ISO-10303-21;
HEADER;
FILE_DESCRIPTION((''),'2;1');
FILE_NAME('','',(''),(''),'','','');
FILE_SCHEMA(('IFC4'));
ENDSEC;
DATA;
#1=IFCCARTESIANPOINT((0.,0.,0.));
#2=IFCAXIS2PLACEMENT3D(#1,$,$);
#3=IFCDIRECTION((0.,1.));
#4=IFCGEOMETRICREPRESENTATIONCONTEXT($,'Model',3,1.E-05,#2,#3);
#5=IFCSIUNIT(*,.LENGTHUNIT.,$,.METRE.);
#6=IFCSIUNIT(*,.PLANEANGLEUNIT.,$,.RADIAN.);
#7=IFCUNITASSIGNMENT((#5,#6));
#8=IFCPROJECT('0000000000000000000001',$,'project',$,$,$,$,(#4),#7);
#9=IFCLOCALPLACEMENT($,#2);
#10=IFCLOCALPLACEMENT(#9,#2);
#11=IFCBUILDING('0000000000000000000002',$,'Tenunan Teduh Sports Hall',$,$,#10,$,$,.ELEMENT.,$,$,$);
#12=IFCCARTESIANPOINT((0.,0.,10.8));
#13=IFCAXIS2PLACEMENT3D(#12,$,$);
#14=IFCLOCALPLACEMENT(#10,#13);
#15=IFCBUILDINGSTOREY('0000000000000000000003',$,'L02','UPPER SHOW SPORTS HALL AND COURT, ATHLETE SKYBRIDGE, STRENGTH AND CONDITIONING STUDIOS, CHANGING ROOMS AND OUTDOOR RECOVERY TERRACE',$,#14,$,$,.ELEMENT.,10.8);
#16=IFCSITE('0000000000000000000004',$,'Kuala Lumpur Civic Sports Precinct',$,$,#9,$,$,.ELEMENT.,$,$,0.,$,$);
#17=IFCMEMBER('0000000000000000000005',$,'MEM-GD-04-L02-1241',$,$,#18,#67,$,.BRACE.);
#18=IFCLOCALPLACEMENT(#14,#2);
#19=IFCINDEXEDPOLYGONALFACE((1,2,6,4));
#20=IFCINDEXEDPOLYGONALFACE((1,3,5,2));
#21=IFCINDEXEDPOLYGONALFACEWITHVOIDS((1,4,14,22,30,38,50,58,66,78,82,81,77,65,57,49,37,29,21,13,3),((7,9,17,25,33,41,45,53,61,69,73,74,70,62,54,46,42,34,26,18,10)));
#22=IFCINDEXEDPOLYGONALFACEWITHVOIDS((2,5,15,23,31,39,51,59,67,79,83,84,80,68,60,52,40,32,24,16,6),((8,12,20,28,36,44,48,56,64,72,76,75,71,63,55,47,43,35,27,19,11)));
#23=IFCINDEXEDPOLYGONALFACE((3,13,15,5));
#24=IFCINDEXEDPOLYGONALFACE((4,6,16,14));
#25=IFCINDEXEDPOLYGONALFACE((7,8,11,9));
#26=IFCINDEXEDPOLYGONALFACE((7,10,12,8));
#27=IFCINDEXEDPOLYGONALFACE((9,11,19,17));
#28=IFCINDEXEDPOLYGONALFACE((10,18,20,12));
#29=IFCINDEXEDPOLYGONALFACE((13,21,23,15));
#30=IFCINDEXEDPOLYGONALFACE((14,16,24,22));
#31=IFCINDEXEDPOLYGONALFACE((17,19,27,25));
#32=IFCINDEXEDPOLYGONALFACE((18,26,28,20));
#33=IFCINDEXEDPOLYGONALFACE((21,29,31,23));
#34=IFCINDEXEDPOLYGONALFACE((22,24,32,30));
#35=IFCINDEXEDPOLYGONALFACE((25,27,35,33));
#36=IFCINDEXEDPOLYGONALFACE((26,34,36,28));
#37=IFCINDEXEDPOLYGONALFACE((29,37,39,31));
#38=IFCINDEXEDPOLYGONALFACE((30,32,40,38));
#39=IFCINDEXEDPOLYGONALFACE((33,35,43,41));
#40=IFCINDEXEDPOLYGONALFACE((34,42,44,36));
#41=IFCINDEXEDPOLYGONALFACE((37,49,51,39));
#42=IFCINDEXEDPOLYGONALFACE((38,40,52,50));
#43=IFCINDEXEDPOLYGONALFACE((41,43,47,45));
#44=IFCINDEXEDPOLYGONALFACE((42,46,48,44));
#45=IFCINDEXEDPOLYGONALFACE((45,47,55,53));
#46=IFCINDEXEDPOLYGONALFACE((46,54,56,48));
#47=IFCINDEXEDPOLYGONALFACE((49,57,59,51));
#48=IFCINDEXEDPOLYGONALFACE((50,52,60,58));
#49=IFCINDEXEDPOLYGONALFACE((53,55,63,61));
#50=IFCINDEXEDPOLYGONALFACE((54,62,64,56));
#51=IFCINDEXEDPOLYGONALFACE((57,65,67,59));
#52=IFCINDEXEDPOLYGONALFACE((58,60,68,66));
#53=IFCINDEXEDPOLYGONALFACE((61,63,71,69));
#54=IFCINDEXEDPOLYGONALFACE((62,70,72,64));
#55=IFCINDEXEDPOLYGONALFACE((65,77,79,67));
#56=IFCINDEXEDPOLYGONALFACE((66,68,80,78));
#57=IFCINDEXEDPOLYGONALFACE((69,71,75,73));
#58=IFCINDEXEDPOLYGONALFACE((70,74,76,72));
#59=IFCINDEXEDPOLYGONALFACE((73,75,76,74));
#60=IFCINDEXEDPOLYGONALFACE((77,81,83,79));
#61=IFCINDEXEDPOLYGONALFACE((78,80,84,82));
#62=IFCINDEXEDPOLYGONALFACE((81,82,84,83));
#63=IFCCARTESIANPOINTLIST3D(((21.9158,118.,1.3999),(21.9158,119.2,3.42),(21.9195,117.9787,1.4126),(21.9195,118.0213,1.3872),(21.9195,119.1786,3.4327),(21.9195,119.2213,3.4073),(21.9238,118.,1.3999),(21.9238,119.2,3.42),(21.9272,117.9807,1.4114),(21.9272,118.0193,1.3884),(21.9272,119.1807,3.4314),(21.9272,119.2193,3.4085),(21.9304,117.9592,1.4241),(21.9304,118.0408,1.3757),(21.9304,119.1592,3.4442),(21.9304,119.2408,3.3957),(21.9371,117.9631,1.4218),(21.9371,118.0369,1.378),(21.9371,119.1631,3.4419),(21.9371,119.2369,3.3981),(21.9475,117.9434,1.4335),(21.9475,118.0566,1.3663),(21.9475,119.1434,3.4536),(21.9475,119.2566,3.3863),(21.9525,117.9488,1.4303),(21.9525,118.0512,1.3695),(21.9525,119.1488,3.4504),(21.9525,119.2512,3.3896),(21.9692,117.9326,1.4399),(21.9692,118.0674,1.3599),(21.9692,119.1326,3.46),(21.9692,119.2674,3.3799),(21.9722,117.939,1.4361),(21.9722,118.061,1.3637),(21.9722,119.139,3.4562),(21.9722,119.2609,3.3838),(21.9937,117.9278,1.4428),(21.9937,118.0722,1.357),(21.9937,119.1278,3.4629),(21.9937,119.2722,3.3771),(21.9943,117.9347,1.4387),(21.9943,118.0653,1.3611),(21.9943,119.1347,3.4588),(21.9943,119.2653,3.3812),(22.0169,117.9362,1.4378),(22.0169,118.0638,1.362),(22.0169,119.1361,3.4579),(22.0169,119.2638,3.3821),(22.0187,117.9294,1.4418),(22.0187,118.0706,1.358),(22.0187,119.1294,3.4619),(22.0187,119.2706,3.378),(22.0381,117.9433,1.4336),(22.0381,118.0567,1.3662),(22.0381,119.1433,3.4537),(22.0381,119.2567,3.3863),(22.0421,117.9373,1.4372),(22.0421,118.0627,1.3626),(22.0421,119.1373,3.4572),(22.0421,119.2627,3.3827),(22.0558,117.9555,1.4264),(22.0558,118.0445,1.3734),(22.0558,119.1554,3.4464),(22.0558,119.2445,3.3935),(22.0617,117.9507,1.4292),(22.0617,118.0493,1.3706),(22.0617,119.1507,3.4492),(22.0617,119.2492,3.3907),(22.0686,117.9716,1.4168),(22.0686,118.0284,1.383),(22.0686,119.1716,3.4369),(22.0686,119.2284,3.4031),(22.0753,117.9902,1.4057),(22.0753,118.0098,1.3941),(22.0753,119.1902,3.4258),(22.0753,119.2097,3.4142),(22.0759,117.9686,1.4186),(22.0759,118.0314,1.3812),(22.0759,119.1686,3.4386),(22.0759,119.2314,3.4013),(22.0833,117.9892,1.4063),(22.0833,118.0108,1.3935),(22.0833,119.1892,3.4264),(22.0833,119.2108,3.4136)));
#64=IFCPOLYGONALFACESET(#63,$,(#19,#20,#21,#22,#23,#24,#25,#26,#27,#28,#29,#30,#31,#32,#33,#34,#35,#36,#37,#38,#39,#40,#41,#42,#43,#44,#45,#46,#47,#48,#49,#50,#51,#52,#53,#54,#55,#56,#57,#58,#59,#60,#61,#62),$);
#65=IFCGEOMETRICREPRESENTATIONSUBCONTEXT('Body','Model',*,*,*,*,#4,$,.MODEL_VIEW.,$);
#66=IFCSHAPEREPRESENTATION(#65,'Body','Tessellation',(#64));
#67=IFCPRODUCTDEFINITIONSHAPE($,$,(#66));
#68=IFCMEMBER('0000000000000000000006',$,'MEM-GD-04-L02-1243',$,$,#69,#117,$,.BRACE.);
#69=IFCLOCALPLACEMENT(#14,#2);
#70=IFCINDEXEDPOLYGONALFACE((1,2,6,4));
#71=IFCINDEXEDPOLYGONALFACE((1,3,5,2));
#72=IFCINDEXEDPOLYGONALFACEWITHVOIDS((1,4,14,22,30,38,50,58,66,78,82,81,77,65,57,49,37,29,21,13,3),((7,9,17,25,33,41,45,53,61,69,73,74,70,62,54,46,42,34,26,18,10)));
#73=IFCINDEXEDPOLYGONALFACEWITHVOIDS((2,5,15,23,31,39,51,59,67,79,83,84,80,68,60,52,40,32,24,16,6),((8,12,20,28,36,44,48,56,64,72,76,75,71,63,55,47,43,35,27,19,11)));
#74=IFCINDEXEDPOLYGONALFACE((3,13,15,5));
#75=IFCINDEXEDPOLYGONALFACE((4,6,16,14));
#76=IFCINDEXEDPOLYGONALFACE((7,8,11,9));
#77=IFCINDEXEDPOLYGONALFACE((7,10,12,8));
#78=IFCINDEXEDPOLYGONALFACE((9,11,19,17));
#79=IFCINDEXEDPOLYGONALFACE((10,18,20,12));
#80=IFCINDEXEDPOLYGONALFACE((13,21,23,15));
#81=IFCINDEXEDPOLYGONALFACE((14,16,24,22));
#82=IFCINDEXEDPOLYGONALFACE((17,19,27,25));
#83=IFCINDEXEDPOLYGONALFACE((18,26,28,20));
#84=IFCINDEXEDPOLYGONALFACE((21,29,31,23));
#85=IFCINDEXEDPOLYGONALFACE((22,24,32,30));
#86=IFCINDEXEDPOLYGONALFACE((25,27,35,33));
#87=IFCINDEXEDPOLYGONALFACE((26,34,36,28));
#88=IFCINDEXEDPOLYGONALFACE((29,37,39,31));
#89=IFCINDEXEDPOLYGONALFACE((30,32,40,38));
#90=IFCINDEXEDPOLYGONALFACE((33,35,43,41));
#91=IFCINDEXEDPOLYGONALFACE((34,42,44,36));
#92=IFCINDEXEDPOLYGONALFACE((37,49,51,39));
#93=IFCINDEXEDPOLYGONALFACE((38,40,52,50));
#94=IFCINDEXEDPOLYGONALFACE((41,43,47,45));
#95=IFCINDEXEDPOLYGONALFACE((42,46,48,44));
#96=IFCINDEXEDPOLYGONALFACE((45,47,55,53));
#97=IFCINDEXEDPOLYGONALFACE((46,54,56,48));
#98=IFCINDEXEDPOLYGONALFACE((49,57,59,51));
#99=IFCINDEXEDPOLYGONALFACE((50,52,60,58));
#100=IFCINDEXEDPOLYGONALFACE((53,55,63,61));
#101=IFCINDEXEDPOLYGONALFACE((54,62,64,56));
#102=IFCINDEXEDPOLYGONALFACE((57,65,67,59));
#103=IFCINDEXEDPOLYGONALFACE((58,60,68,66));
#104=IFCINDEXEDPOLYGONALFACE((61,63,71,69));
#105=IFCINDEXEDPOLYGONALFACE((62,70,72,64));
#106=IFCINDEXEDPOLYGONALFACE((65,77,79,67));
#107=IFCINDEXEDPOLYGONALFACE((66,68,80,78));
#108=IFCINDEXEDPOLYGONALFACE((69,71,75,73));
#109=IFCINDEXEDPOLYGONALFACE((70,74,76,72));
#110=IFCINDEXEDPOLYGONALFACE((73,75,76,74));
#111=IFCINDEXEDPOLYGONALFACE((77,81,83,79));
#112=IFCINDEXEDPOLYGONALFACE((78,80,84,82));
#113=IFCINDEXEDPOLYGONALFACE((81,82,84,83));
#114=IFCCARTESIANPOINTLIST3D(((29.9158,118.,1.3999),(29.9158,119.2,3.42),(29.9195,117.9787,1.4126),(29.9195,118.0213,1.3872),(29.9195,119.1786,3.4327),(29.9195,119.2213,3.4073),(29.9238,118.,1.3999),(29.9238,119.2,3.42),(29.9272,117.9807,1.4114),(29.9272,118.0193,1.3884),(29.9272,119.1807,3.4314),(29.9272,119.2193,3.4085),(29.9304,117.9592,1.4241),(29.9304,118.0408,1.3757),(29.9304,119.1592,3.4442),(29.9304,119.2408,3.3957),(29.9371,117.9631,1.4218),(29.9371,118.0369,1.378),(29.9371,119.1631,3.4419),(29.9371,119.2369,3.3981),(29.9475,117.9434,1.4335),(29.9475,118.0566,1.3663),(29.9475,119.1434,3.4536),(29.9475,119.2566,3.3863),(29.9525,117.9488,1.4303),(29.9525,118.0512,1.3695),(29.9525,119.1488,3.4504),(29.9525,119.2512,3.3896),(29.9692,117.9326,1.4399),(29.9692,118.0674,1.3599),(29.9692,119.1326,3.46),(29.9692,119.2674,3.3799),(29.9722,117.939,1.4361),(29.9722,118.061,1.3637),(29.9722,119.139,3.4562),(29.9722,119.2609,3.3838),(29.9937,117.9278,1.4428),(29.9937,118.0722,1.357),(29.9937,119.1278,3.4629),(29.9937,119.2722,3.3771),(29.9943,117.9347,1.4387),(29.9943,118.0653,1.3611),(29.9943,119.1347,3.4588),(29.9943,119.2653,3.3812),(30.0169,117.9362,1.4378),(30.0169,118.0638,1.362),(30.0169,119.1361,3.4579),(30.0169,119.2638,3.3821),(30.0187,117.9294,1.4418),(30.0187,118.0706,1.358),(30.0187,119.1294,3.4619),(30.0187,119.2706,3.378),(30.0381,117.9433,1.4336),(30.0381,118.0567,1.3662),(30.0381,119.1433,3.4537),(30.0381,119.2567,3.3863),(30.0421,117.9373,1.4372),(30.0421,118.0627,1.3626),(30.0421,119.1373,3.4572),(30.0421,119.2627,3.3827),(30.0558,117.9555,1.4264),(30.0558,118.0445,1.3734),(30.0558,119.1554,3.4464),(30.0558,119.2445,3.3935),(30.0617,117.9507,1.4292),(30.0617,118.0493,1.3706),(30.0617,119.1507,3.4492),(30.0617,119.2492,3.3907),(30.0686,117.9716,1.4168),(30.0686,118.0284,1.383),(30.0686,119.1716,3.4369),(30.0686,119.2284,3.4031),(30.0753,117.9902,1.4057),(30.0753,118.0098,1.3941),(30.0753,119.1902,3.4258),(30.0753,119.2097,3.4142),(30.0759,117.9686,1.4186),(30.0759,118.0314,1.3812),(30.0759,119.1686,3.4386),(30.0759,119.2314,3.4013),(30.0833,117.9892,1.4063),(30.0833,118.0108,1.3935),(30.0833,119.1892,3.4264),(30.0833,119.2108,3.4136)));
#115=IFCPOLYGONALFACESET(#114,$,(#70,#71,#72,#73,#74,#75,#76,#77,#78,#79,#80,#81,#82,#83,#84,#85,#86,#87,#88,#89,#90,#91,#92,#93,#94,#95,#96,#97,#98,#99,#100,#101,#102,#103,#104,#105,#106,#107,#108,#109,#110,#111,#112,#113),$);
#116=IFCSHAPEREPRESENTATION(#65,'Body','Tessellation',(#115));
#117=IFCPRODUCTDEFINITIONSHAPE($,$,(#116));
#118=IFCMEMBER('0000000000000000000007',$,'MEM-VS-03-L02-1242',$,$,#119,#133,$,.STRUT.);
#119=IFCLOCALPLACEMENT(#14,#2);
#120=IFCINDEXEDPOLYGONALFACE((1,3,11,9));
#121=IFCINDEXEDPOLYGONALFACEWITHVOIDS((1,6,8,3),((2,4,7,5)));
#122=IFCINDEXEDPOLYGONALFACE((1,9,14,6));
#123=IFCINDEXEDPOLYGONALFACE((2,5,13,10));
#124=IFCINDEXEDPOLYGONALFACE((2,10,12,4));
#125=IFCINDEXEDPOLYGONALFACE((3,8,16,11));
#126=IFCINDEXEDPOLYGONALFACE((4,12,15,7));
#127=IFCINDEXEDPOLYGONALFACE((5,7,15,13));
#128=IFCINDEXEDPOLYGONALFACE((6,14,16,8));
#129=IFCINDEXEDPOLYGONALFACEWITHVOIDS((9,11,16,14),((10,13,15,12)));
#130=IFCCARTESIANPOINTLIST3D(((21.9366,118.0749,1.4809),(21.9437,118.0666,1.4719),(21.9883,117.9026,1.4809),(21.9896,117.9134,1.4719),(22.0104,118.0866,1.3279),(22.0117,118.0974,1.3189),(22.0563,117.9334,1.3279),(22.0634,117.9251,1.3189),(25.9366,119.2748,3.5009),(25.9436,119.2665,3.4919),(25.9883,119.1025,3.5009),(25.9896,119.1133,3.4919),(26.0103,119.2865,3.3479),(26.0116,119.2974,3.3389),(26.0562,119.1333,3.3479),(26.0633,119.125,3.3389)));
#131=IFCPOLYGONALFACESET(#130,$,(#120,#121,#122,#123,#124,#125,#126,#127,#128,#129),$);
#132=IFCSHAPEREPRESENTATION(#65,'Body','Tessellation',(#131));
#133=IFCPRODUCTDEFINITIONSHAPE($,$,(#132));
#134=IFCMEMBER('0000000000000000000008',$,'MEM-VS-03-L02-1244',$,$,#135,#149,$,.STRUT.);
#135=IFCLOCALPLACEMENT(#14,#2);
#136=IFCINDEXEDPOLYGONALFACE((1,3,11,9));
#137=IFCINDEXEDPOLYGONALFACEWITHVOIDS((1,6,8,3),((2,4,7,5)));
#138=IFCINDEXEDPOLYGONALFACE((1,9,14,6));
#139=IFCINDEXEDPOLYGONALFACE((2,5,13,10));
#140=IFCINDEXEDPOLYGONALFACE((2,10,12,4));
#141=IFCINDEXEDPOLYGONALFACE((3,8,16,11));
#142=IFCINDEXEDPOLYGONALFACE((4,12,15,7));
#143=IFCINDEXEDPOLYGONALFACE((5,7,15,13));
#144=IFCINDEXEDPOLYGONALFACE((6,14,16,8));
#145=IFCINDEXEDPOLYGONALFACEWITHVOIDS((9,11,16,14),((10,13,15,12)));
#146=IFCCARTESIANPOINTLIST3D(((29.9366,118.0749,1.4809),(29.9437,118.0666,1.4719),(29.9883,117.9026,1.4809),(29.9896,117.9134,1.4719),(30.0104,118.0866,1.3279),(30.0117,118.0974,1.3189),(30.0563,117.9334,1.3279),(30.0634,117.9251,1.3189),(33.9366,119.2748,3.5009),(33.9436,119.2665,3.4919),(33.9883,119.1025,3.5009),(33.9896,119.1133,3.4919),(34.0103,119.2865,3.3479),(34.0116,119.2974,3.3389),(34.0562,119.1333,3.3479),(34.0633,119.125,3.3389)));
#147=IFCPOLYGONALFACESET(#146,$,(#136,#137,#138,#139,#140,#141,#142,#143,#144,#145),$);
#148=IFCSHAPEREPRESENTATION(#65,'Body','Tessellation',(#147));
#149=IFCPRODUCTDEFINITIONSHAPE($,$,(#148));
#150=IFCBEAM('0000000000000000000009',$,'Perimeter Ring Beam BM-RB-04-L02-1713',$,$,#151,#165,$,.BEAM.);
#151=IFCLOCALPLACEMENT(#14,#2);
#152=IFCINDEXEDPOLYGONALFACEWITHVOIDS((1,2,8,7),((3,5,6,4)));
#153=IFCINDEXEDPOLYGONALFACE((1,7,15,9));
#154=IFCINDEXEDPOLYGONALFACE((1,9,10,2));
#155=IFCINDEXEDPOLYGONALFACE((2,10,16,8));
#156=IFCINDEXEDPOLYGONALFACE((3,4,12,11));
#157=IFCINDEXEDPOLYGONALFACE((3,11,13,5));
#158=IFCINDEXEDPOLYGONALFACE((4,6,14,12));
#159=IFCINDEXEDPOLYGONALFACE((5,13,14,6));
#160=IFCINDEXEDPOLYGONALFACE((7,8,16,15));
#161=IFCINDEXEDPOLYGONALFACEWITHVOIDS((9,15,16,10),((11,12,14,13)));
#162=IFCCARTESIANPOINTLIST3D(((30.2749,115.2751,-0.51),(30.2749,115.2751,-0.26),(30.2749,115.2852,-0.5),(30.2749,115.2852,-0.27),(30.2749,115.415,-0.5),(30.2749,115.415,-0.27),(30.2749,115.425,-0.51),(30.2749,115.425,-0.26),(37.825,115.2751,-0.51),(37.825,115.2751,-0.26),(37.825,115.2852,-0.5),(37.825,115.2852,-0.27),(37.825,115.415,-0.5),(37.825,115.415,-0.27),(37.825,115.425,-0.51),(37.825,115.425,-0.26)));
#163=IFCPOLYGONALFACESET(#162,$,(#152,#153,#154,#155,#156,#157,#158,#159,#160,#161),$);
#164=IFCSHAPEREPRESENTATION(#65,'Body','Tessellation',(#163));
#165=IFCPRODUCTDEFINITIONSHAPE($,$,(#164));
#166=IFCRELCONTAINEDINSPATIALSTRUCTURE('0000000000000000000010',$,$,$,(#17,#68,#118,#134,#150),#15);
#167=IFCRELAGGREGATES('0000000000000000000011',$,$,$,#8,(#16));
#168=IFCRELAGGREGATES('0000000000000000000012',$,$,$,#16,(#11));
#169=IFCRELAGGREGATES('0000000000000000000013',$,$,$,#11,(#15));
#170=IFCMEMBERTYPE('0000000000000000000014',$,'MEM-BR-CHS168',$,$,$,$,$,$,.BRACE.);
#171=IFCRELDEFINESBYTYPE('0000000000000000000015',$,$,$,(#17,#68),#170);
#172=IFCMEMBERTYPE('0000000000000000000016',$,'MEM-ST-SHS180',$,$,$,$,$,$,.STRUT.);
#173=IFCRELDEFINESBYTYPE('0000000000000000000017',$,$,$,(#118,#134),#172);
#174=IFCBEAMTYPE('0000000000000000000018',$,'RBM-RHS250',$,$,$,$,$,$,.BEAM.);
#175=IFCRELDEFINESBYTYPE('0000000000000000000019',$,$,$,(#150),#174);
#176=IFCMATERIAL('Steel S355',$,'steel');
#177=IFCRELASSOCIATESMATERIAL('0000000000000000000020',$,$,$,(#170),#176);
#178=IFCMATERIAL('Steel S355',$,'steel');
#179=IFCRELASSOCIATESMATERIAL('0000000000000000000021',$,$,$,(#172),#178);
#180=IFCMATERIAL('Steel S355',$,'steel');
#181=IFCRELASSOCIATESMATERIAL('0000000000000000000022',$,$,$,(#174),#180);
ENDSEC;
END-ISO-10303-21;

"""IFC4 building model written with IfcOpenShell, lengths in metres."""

from ifc_helpers import new_model, si_unit, direction, frame, origin, origin_2d, place, context, subcontext, project, spatial, hollow_rectangle, hollow_circle, extrude, material, material_profile, profile_set, type_object, element, save


model = new_model("IFC4")

# Units and contexts
model_context = context("Model", 3, precision=1e-05, world=origin(), true_north=direction((0.0, 1.0)))
body_context = subcontext(model_context, "Body", "Model", "MODEL_VIEW")
ifc_project = project(units=[si_unit("LENGTHUNIT", "METRE"), si_unit("PLANEANGLEUNIT", "RADIAN")], contexts=[model_context])

# Site, building, storey
site_placement = place(None, origin())
site = spatial("IfcSite", under=ifc_project, at=site_placement, Name="Kuala Lumpur Civic Sports Precinct", CompositionType="ELEMENT", RefElevation=0.0)
building_placement = place(site_placement, origin())
building = spatial("IfcBuilding", under=site, at=building_placement, Name="Tenunan Teduh Sports Hall", CompositionType="ELEMENT")
storey_placement = place(building_placement, frame((0.0, 0.0, 10.8)))
storey = spatial("IfcBuildingStorey", under=building, at=storey_placement, Name="L02", Description="UPPER SHOW SPORTS HALL AND COURT, ATHLETE SKYBRIDGE, STRENGTH AND CONDITIONING STUDIOS, CHANGING ROOMS AND OUTDOOR RECOVERY TERRACE", CompositionType="ELEMENT", Elevation=10.8)

# Members
ifc_material_1 = material(Name="Steel S355", Category="steel")
ifc_material_profile_1 = material_profile(ifc_material_1, hollow_circle(Radius=0.0842, WallThickness=0.0081, at=origin_2d()), Name="CHS 168.3x8.0")
ifc_profile_set_1 = profile_set([ifc_material_profile_1], Name="Steel S355")
member_type_1 = type_object("IfcMemberType", Name="MEM-BR-CHS168", PredefinedType="BRACE", material=ifc_profile_set_1)
for number, where, z_axis, x_axis, name in (
    (1, (22.0, 118.0, 1.3999), (0.0, 0.510716, 0.859749), (-1.0, 0.0, 0.0), "MEM-GD-04-L02-1241"),
    (2, (30.0, 118.0, 1.3999), (0.0, 0.510716, 0.859749), (-1.0, 0.0, 0.0), "MEM-GD-04-L02-1243"),
):
    element("IfcMember", number, at=place(storey_placement, frame(where, z_axis=z_axis, x_axis=x_axis)), inside=storey, type_object=member_type_1, Name=name, PredefinedType="BRACE", context=body_context, shape_type="SweptSolid", body=[
        extrude(hollow_circle(Radius=0.0842, WallThickness=0.0081, at=origin_2d()), origin(), (0.0, 0.0, 1.0), 2.3496),
    ])
ifc_material_2 = material(Name="Steel S355", Category="steel")
ifc_material_profile_2 = material_profile(ifc_material_2, hollow_rectangle(XDim=0.1799, YDim=0.1799, WallThickness=0.01, at=origin_2d()), Name="SHS 180x180x10.0")
ifc_profile_set_2 = profile_set([ifc_material_profile_2], Name="Steel S355")
member_type_2 = type_object("IfcMemberType", Name="MEM-ST-SHS180", PredefinedType="STRUT", material=ifc_profile_set_2)
for number, where, z_axis, x_axis, name in (
    (3, (22.0, 118.0, 1.3999), (0.862254, 0.258666, 0.435442), (-0.287337, 0.95783, 0.0), "MEM-VS-03-L02-1242"),
    (4, (30.0, 118.0, 1.3999), (0.862254, 0.258666, 0.435442), (-0.287337, 0.95783, 0.0), "MEM-VS-03-L02-1244"),
):
    element("IfcMember", number, at=place(storey_placement, frame(where, z_axis=z_axis, x_axis=x_axis)), inside=storey, type_object=member_type_2, Name=name, PredefinedType="STRUT", context=body_context, shape_type="SweptSolid", body=[
        extrude(hollow_rectangle(XDim=0.1799, YDim=0.1799, WallThickness=0.01, at=origin_2d()), origin(), (0.0, 0.0, 1.0), 4.6389),
    ])

# Beam
ifc_material_3 = material(Name="Steel S355", Category="steel")
ifc_material_profile_3 = material_profile(ifc_material_3, hollow_rectangle(XDim=0.1499, YDim=0.25, WallThickness=0.01, at=origin_2d()), Name="RHS 250x150x10.0")
ifc_profile_set_3 = profile_set([ifc_material_profile_3], Name="Steel S355")
beam_type_1 = type_object("IfcBeamType", Name="RBM-RHS250", PredefinedType="BEAM", material=ifc_profile_set_3)
beam_1_placement = place(storey_placement, frame((30.2749, 115.3501, -0.385), z_axis=(1.0, 0.0, 0.0), x_axis=(0.0, 1.0, 0.0)))
element("IfcBeam", 5, at=beam_1_placement, inside=storey, type_object=beam_type_1, Name="Perimeter Ring Beam BM-RB-04-L02-1713", PredefinedType="BEAM", context=body_context, shape_type="SweptSolid", body=[
    extrude(hollow_rectangle(XDim=0.1499, YDim=0.25, WallThickness=0.01, at=origin_2d()), origin(), (0.0, 0.0, 1.0), 7.55),
])

save(model, "model.ifc")
